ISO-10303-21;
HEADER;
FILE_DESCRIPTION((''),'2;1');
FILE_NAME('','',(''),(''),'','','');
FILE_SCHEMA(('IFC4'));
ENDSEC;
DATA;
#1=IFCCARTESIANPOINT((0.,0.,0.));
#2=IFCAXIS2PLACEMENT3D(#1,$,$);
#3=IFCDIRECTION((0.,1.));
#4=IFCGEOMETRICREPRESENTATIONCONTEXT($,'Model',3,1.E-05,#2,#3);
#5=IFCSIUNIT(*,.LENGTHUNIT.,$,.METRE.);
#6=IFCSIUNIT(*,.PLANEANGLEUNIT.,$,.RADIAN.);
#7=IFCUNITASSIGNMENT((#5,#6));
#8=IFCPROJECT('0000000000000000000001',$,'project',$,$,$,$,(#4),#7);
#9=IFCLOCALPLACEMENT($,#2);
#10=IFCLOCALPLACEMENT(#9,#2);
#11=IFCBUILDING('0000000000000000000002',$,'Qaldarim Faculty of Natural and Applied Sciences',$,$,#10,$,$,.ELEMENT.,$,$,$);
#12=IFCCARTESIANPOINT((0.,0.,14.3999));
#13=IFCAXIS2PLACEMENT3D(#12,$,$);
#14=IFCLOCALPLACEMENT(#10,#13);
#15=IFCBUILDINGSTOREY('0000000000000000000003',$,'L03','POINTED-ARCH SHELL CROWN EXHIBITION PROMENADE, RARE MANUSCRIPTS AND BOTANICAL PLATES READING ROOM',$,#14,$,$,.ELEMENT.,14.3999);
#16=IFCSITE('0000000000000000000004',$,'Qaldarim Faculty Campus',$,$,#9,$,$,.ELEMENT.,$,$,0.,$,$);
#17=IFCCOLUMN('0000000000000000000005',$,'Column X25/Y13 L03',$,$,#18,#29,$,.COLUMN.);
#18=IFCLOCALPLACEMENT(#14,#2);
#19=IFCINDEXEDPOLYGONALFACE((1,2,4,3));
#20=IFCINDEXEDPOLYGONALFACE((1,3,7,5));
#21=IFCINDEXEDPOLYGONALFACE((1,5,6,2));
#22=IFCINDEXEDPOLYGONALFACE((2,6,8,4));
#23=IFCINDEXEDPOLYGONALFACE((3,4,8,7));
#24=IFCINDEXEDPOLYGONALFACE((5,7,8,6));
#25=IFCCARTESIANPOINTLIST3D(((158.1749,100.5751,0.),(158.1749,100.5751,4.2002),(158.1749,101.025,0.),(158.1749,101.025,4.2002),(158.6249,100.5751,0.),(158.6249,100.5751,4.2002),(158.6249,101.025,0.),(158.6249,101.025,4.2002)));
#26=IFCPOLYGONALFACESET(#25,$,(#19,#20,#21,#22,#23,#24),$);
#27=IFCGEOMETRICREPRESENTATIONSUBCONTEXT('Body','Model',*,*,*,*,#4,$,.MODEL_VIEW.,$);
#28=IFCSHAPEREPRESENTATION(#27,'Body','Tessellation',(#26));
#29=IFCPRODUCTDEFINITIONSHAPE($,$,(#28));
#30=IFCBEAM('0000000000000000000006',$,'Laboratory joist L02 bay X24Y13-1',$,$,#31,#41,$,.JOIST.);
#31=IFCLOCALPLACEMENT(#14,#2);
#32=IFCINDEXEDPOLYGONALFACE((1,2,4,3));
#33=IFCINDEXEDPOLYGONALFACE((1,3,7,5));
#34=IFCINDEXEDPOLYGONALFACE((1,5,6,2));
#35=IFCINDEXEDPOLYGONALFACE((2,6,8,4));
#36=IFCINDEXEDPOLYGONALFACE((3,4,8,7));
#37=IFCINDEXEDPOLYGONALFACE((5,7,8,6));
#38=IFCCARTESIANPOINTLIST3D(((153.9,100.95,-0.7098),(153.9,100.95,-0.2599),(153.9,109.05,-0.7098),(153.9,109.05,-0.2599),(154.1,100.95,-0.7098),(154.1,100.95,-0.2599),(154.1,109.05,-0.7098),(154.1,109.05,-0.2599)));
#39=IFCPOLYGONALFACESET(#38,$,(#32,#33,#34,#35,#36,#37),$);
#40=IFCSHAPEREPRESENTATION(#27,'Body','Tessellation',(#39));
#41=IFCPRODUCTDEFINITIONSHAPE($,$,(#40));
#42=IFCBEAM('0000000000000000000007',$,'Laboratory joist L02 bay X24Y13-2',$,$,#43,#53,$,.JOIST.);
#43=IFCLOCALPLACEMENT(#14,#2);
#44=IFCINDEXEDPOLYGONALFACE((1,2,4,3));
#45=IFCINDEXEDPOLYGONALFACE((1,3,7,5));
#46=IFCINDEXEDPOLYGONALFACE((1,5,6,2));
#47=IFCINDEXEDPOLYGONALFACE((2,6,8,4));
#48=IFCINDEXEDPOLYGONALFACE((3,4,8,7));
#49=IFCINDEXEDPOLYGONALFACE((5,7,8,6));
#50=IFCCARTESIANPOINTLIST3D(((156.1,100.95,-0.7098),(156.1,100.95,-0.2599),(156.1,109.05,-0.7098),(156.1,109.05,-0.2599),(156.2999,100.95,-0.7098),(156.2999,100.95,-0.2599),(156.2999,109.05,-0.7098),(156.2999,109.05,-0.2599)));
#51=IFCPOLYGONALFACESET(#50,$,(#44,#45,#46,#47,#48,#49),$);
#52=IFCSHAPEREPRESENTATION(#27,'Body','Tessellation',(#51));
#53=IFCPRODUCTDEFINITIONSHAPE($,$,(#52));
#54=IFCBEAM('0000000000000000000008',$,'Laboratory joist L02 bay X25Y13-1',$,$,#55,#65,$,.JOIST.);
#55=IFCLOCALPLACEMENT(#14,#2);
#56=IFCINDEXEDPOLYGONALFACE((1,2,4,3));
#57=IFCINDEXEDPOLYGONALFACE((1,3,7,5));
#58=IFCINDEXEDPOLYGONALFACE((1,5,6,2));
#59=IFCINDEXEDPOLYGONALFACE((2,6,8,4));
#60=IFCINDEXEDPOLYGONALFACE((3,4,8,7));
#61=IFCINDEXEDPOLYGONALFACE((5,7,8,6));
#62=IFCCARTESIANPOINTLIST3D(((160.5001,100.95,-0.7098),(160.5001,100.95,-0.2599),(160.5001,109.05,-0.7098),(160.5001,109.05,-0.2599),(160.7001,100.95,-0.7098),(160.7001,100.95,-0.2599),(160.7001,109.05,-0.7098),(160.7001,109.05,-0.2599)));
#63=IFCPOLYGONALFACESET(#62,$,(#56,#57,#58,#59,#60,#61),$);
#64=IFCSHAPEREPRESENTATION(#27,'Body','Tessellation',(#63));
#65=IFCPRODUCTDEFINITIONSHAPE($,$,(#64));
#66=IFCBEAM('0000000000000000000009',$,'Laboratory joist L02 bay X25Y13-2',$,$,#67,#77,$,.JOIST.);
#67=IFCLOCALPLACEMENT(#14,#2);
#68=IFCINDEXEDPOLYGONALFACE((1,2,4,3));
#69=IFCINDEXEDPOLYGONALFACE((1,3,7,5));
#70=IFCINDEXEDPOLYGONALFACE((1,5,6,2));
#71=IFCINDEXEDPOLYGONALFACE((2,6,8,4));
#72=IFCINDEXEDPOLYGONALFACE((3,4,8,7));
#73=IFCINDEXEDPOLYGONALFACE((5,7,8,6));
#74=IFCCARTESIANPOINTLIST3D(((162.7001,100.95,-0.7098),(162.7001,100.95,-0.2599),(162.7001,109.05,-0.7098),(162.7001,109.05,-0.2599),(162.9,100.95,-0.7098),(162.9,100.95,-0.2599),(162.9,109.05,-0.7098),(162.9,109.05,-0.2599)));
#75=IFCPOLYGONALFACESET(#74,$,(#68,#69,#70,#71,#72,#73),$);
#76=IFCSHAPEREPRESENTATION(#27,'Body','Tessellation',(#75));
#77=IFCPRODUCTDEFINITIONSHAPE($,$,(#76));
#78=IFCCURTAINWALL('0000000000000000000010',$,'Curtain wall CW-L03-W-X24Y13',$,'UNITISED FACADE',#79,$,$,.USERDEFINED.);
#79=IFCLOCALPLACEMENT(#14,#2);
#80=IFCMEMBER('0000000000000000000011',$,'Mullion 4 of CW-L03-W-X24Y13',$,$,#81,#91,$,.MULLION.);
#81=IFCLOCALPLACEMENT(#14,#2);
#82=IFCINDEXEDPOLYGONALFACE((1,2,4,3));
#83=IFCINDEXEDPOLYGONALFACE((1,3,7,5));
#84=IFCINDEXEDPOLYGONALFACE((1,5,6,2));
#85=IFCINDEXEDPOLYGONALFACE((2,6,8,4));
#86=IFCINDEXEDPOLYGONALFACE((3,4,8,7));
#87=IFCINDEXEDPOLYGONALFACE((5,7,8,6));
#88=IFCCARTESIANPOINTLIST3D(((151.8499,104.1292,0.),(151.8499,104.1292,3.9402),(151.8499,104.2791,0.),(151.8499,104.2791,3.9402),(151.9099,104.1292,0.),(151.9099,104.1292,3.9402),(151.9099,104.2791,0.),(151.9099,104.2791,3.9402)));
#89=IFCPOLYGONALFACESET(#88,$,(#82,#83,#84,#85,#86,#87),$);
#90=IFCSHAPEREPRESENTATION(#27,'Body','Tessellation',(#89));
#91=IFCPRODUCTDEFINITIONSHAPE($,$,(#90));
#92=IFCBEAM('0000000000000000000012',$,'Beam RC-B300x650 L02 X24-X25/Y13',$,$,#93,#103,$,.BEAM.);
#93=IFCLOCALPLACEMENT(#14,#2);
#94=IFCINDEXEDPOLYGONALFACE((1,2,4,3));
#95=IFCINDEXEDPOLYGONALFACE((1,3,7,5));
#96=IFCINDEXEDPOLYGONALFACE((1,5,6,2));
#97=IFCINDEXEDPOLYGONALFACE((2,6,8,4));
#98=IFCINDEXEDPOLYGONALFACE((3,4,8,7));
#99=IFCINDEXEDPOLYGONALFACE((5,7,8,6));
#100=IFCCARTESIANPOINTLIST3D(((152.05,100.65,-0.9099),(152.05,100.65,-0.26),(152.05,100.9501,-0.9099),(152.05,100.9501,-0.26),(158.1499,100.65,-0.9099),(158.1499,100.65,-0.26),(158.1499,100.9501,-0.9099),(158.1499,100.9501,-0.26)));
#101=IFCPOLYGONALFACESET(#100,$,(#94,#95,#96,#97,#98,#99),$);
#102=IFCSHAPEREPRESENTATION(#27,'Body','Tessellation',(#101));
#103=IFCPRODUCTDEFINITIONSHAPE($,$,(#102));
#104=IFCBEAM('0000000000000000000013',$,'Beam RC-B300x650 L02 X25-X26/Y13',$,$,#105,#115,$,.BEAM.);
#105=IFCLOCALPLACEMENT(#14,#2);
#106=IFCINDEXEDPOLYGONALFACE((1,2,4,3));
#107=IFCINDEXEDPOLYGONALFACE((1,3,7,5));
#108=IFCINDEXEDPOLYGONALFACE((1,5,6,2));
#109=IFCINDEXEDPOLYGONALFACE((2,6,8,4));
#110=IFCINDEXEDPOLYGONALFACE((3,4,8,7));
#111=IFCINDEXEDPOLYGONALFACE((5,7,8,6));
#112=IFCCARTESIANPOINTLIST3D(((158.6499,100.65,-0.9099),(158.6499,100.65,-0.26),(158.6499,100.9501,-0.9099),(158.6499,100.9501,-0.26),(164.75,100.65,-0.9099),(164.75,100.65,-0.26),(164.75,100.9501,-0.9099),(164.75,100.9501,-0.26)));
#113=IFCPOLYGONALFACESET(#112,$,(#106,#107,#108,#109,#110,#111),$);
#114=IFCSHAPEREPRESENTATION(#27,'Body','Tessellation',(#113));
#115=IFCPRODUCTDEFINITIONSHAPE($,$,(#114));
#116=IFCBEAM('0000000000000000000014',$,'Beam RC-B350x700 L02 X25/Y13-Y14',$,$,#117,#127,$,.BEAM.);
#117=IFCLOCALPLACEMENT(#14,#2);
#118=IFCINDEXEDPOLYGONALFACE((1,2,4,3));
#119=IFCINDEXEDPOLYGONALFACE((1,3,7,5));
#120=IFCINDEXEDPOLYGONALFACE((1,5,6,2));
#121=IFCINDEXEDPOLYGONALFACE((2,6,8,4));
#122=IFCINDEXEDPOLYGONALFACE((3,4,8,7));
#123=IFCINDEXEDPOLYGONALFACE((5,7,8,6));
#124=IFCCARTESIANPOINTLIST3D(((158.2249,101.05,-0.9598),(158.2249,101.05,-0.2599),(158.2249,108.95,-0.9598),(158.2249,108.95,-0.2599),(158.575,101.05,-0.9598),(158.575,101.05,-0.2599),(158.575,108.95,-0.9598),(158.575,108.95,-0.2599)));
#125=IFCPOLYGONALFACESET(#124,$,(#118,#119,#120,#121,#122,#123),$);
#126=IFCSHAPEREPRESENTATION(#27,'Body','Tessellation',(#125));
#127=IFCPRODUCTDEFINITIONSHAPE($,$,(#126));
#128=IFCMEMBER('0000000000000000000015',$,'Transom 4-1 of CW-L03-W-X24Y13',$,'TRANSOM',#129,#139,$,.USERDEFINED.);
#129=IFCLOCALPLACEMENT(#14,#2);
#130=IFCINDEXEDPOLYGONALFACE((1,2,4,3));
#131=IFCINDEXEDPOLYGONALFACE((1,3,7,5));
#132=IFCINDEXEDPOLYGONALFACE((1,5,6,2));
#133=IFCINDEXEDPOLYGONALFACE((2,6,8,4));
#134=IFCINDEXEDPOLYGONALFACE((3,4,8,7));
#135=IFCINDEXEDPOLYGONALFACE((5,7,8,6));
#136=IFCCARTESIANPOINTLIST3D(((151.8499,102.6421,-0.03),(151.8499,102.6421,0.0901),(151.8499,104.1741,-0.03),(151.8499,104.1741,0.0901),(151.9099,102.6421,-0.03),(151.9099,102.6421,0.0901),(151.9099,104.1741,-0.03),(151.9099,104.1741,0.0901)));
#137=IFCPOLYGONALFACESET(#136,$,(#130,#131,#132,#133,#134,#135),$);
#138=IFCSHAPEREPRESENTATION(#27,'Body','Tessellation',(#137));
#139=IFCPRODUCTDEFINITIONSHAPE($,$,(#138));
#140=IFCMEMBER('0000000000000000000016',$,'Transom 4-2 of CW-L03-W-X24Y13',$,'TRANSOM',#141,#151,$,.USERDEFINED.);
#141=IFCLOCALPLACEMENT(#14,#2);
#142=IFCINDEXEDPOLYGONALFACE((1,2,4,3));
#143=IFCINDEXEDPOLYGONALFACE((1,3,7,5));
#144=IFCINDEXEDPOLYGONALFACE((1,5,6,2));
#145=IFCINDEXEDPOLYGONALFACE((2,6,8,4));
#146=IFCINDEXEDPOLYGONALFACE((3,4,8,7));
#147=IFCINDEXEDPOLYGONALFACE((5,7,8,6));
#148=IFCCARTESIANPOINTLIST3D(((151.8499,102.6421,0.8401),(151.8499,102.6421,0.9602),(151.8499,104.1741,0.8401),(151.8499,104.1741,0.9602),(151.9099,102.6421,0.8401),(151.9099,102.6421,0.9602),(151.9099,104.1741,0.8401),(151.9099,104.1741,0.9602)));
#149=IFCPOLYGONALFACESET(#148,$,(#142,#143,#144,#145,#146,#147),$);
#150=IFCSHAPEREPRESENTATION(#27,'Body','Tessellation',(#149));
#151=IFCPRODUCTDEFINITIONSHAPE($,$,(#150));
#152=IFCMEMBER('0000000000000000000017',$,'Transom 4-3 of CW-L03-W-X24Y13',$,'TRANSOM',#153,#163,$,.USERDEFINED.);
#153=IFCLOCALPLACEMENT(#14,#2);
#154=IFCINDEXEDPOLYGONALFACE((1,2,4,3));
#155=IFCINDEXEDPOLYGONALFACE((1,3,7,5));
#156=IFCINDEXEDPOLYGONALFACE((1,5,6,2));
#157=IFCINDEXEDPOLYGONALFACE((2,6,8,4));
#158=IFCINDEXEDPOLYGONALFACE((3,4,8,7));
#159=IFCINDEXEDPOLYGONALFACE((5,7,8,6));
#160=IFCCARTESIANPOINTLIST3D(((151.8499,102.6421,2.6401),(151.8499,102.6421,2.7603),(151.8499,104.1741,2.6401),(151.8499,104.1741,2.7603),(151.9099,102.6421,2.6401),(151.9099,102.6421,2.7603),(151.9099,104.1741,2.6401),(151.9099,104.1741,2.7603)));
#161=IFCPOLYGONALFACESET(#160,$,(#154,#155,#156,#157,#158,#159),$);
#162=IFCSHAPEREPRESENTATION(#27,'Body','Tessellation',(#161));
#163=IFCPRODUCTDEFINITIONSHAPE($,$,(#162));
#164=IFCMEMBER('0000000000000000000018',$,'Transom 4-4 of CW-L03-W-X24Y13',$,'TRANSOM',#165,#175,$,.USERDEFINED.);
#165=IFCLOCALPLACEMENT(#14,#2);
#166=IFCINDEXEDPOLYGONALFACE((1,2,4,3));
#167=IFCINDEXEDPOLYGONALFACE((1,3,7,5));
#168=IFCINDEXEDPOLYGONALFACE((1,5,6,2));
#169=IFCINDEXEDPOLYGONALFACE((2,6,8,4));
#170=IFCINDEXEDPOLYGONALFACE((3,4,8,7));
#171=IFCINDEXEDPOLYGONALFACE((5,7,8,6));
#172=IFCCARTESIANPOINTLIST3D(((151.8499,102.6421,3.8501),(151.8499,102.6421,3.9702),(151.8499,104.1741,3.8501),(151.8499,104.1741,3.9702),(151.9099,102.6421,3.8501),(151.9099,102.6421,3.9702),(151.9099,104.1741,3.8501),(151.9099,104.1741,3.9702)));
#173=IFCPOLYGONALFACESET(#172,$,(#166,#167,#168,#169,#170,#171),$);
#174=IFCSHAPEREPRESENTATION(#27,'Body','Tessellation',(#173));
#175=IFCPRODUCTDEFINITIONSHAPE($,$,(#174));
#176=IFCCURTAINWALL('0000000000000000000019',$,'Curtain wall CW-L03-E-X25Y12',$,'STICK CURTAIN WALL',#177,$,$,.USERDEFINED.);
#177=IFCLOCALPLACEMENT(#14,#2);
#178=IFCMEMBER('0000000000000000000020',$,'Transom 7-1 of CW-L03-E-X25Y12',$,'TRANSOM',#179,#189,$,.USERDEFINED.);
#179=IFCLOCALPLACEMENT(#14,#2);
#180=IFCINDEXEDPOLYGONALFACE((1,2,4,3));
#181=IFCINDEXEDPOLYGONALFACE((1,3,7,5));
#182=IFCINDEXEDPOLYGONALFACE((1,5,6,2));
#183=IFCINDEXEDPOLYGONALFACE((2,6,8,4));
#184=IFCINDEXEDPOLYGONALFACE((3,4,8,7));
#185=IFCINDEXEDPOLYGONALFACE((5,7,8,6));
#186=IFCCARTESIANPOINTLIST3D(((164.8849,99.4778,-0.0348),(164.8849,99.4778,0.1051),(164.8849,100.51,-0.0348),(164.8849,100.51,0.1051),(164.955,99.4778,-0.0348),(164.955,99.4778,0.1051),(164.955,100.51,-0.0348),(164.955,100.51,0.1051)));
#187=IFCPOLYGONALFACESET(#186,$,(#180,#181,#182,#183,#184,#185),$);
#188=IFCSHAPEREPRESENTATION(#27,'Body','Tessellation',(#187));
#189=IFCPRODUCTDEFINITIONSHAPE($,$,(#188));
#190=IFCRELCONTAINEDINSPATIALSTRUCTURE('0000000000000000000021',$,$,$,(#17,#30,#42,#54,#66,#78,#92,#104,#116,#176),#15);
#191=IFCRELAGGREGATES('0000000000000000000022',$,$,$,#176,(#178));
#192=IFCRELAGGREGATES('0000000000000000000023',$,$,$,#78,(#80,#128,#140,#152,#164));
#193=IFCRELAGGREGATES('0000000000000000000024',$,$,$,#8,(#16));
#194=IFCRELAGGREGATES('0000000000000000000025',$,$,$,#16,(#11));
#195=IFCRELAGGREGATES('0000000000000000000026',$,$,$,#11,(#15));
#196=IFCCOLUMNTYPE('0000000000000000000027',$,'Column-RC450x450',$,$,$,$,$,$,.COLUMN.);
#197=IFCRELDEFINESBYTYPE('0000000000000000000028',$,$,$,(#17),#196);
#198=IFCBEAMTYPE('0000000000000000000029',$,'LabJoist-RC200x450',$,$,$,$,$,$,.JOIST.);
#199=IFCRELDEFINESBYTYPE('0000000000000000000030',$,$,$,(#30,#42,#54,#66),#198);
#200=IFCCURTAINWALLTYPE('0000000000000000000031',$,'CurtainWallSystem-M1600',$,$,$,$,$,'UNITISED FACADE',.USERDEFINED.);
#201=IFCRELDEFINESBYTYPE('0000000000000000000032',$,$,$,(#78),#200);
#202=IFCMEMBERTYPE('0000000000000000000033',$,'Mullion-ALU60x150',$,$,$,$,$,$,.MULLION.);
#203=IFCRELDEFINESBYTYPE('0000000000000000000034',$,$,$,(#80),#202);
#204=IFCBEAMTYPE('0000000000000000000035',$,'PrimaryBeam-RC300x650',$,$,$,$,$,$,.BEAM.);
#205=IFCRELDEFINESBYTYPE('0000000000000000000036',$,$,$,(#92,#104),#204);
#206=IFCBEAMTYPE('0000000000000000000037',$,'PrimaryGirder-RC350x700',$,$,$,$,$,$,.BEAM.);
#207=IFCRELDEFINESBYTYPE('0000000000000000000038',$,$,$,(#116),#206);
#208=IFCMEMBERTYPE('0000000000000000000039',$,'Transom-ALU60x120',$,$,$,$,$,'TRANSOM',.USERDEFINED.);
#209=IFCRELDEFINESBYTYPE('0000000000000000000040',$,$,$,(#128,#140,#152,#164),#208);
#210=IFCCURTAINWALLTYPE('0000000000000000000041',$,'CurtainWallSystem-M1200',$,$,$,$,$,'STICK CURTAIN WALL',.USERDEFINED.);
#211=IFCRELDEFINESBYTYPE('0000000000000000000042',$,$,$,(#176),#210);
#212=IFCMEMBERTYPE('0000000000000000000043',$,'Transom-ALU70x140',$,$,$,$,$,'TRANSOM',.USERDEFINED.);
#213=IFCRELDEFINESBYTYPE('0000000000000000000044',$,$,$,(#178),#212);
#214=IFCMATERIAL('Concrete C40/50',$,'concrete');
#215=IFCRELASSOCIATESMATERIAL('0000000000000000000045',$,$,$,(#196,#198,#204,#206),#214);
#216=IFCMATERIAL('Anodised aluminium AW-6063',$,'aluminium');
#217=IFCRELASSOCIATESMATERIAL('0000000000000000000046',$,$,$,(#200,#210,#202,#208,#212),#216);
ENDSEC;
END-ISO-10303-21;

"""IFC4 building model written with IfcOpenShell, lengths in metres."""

from ifc_helpers import new_model, si_unit, direction, frame, origin, origin_2d, place, context, subcontext, project, spatial, rectangle, extrude, material, material_profile, profile_set, type_object, element, aggregate, save


model = new_model("IFC4")

# Units and contexts
model_context = context("Model", 3, precision=1e-05, world=origin(), true_north=direction((0.0, 1.0)))
body_context = subcontext(model_context, "Body", "Model", "MODEL_VIEW")
ifc_project = project(units=[si_unit("LENGTHUNIT", "METRE"), si_unit("PLANEANGLEUNIT", "RADIAN")], contexts=[model_context])

# Site, building, storey
site_placement = place(None, origin())
site = spatial("IfcSite", under=ifc_project, at=site_placement, Name="Qaldarim Faculty Campus", CompositionType="ELEMENT", RefElevation=0.0)
building_placement = place(site_placement, origin())
building = spatial("IfcBuilding", under=site, at=building_placement, Name="Qaldarim Faculty of Natural and Applied Sciences", CompositionType="ELEMENT")
storey_placement = place(building_placement, frame((0.0, 0.0, 14.3999)))
storey = spatial("IfcBuildingStorey", under=building, at=storey_placement, Name="L03", Description="POINTED-ARCH SHELL CROWN EXHIBITION PROMENADE, RARE MANUSCRIPTS AND BOTANICAL PLATES READING ROOM", CompositionType="ELEMENT", Elevation=14.3999)

# Column
ifc_material_1 = material(Name="Concrete C40/50", Category="concrete")
ifc_material_profile_1 = material_profile(ifc_material_1, rectangle(XDim=0.45, YDim=0.45, at=origin_2d()), Name="RC-C450x450")
ifc_profile_set_1 = profile_set([ifc_material_profile_1], Name="Concrete C40/50")
column_type = type_object("IfcColumnType", Name="Column-RC450x450", PredefinedType="COLUMN", material=ifc_profile_set_1)
column_placement = place(storey_placement, frame((158.3999, 100.8, 0.0), z_axis=(0.0, 0.0, 1.0), x_axis=(1.0, 0.0, 0.0)))
element("IfcColumn", 1, at=column_placement, inside=storey, type_object=column_type, Name="Column X25/Y13 L03", PredefinedType="COLUMN", context=body_context, shape_type="SweptSolid", body=[
    extrude(rectangle(XDim=0.45, YDim=0.45, at=origin_2d()), origin(), (0.0, 0.0, 1.0), 4.2002),
])

# Beams
ifc_material_profile_2 = material_profile(ifc_material_1, rectangle(XDim=0.2, YDim=0.45, at=origin_2d()), Name="RC-J200x450")
ifc_profile_set_2 = profile_set([ifc_material_profile_2], Name="Concrete C40/50")
beam_type_1 = type_object("IfcBeamType", Name="LabJoist-RC200x450", PredefinedType="JOIST", material=ifc_profile_set_2)
for number, where, z_axis, x_axis, name in (
    (2, (154.0, 100.95, -0.4849), (0.0, 1.0, 0.0), (-1.0, 0.0, 0.0), "Laboratory joist L02 bay X24Y13-1"),
    (3, (156.2, 100.95, -0.4849), (0.0, 1.0, 0.0), (-1.0, 0.0, 0.0), "Laboratory joist L02 bay X24Y13-2"),
    (4, (160.6001, 100.95, -0.4849), (0.0, 1.0, 0.0), (-1.0, 0.0, 0.0), "Laboratory joist L02 bay X25Y13-1"),
    (5, (162.8, 100.95, -0.4849), (0.0, 1.0, 0.0), (-1.0, 0.0, 0.0), "Laboratory joist L02 bay X25Y13-2"),
):
    element("IfcBeam", number, at=place(storey_placement, frame(where, z_axis=z_axis, x_axis=x_axis)), inside=storey, type_object=beam_type_1, Name=name, PredefinedType="JOIST", context=body_context, shape_type="SweptSolid", body=[
        extrude(rectangle(XDim=0.2, YDim=0.45, at=origin_2d()), origin(), (0.0, 0.0, 1.0), 8.1001),
    ])

# Curtain wall, member
ifc_material_2 = material(Name="Anodised aluminium AW-6063", Category="aluminium")
curtain_wall_type_1 = type_object("IfcCurtainWallType", Name="CurtainWallSystem-M1600", ElementType="UNITISED FACADE", PredefinedType="USERDEFINED", material=ifc_material_2)
curtain_wall_1_placement = place(storey_placement, origin())
curtain_wall_1 = element("IfcCurtainWall", 6, at=curtain_wall_1_placement, inside=storey, type_object=curtain_wall_type_1, Name="Curtain wall CW-L03-W-X24Y13", ObjectType="UNITISED FACADE", PredefinedType="USERDEFINED")
ifc_material_profile_3 = material_profile(ifc_material_2, rectangle(XDim=0.0601, YDim=0.1499, at=origin_2d()), Name="ALU-M60x150")
ifc_profile_set_3 = profile_set([ifc_material_profile_3], Name="Anodised aluminium AW-6063")
member_type_1 = type_object("IfcMemberType", Name="Mullion-ALU60x150", PredefinedType="MULLION", material=ifc_profile_set_3)
member_1_placement = place(storey_placement, frame((151.8799, 104.2041, 0.0), z_axis=(0.0, 0.0, 1.0), x_axis=(1.0, 0.0, 0.0)))
member_1 = element("IfcMember", 7, at=member_1_placement, type_object=member_type_1, Name="Mullion 4 of CW-L03-W-X24Y13", PredefinedType="MULLION", context=body_context, shape_type="SweptSolid", body=[
    extrude(rectangle(XDim=0.0601, YDim=0.1499, at=origin_2d()), origin(), (0.0, 0.0, 1.0), 3.9402),
])

# Beams
ifc_material_profile_4 = material_profile(ifc_material_1, rectangle(XDim=0.3, YDim=0.6499, at=origin_2d()), Name="RC-B300x650")
ifc_profile_set_4 = profile_set([ifc_material_profile_4], Name="Concrete C40/50")
beam_type_2 = type_object("IfcBeamType", Name="PrimaryBeam-RC300x650", PredefinedType="BEAM", material=ifc_profile_set_4)
beam_1_placement = place(storey_placement, frame((152.05, 100.8, -0.585), z_axis=(1.0, 0.0, 0.0), x_axis=(0.0, 1.0, 0.0)))
element("IfcBeam", 8, at=beam_1_placement, inside=storey, type_object=beam_type_2, Name="Beam RC-B300x650 L02 X24-X25/Y13", PredefinedType="BEAM", context=body_context, shape_type="SweptSolid", body=[
    extrude(rectangle(XDim=0.3, YDim=0.6499, at=origin_2d()), origin(), (0.0, 0.0, 1.0), 6.0999),
])
beam_2_placement = place(storey_placement, frame((158.6499, 100.8, -0.585), z_axis=(1.0, 0.0, 0.0), x_axis=(0.0, 1.0, 0.0)))
element("IfcBeam", 9, at=beam_2_placement, inside=storey, type_object=beam_type_2, Name="Beam RC-B300x650 L02 X25-X26/Y13", PredefinedType="BEAM", context=body_context, shape_type="SweptSolid", body=[
    extrude(rectangle(XDim=0.3, YDim=0.6499, at=origin_2d()), origin(), (0.0, 0.0, 1.0), 6.1001),
])
ifc_material_profile_5 = material_profile(ifc_material_1, rectangle(XDim=0.3501, YDim=0.7, at=origin_2d()), Name="RC-B350x700")
ifc_profile_set_5 = profile_set([ifc_material_profile_5], Name="Concrete C40/50")
beam_type_3 = type_object("IfcBeamType", Name="PrimaryGirder-RC350x700", PredefinedType="BEAM", material=ifc_profile_set_5)
beam_3_placement = place(storey_placement, frame((158.3999, 101.05, -0.6099), z_axis=(0.0, 1.0, 0.0), x_axis=(-1.0, 0.0, 0.0)))
element("IfcBeam", 10, at=beam_3_placement, inside=storey, type_object=beam_type_3, Name="Beam RC-B350x700 L02 X25/Y13-Y14", PredefinedType="BEAM", context=body_context, shape_type="SweptSolid", body=[
    extrude(rectangle(XDim=0.3501, YDim=0.7, at=origin_2d()), origin(), (0.0, 0.0, 1.0), 7.8999),
])

# Members
ifc_material_profile_6 = material_profile(ifc_material_2, rectangle(XDim=0.0601, YDim=0.1201, at=origin_2d()), Name="ALU-T60x120")
ifc_profile_set_6 = profile_set([ifc_material_profile_6], Name="Anodised aluminium AW-6063")
member_type_2 = type_object("IfcMemberType", Name="Transom-ALU60x120", ElementType="TRANSOM", PredefinedType="USERDEFINED", material=ifc_profile_set_6)
member_2_placement = place(storey_placement, frame((151.8799, 104.1741, 0.03), z_axis=(0.0, -1.0, 0.0), x_axis=(1.0, 0.0, 0.0)))
member_2 = element("IfcMember", 11, at=member_2_placement, type_object=member_type_2, Name="Transom 4-1 of CW-L03-W-X24Y13", ObjectType="TRANSOM", PredefinedType="USERDEFINED", context=body_context, shape_type="SweptSolid", body=[
    extrude(rectangle(XDim=0.0601, YDim=0.1201, at=origin_2d()), origin(), (0.0, 0.0, 1.0), 1.532),
])
member_3_placement = place(storey_placement, frame((151.8799, 104.1741, 0.9001), z_axis=(0.0, -1.0, 0.0), x_axis=(1.0, 0.0, 0.0)))
member_3 = element("IfcMember", 12, at=member_3_placement, type_object=member_type_2, Name="Transom 4-2 of CW-L03-W-X24Y13", ObjectType="TRANSOM", PredefinedType="USERDEFINED", context=body_context, shape_type="SweptSolid", body=[
    extrude(rectangle(XDim=0.0601, YDim=0.1201, at=origin_2d()), origin(), (0.0, 0.0, 1.0), 1.532),
])
member_4_placement = place(storey_placement, frame((151.8799, 104.1741, 2.7002), z_axis=(0.0, -1.0, 0.0), x_axis=(1.0, 0.0, 0.0)))
member_4 = element("IfcMember", 13, at=member_4_placement, type_object=member_type_2, Name="Transom 4-3 of CW-L03-W-X24Y13", ObjectType="TRANSOM", PredefinedType="USERDEFINED", context=body_context, shape_type="SweptSolid", body=[
    extrude(rectangle(XDim=0.0601, YDim=0.1201, at=origin_2d()), origin(), (0.0, 0.0, 1.0), 1.532),
])
member_5_placement = place(storey_placement, frame((151.8799, 104.1741, 3.9102), z_axis=(0.0, -1.0, 0.0), x_axis=(1.0, 0.0, 0.0)))
member_5 = element("IfcMember", 14, at=member_5_placement, type_object=member_type_2, Name="Transom 4-4 of CW-L03-W-X24Y13", ObjectType="TRANSOM", PredefinedType="USERDEFINED", context=body_context, shape_type="SweptSolid", body=[
    extrude(rectangle(XDim=0.0601, YDim=0.1201, at=origin_2d()), origin(), (0.0, 0.0, 1.0), 1.532),
])

# Curtain wall, member
curtain_wall_type_2 = type_object("IfcCurtainWallType", Name="CurtainWallSystem-M1200", ElementType="STICK CURTAIN WALL", PredefinedType="USERDEFINED", material=ifc_material_2)
curtain_wall_2_placement = place(storey_placement, origin())
curtain_wall_2 = element("IfcCurtainWall", 15, at=curtain_wall_2_placement, inside=storey, type_object=curtain_wall_type_2, Name="Curtain wall CW-L03-E-X25Y12", ObjectType="STICK CURTAIN WALL", PredefinedType="USERDEFINED")
ifc_material_profile_7 = material_profile(ifc_material_2, rectangle(XDim=0.0701, YDim=0.1399, at=origin_2d()), Name="ALU-T70x140")
ifc_profile_set_7 = profile_set([ifc_material_profile_7], Name="Anodised aluminium AW-6063")
member_type_3 = type_object("IfcMemberType", Name="Transom-ALU70x140", ElementType="TRANSOM", PredefinedType="USERDEFINED", material=ifc_profile_set_7)
member_6_placement = place(storey_placement, frame((164.9199, 99.4778, 0.0352), z_axis=(0.0, 1.0, 0.0), x_axis=(-1.0, 0.0, 0.0)))
member_6 = element("IfcMember", 16, at=member_6_placement, type_object=member_type_3, Name="Transom 7-1 of CW-L03-E-X25Y12", ObjectType="TRANSOM", PredefinedType="USERDEFINED", context=body_context, shape_type="SweptSolid", body=[
    extrude(rectangle(XDim=0.0701, YDim=0.1399, at=origin_2d()), origin(), (0.0, 0.0, 1.0), 1.0322),
])
aggregate(curtain_wall_2, [member_6])

aggregate(curtain_wall_1, [member_1, member_2, member_3, member_4, member_5])

save(model, "model.ifc")
